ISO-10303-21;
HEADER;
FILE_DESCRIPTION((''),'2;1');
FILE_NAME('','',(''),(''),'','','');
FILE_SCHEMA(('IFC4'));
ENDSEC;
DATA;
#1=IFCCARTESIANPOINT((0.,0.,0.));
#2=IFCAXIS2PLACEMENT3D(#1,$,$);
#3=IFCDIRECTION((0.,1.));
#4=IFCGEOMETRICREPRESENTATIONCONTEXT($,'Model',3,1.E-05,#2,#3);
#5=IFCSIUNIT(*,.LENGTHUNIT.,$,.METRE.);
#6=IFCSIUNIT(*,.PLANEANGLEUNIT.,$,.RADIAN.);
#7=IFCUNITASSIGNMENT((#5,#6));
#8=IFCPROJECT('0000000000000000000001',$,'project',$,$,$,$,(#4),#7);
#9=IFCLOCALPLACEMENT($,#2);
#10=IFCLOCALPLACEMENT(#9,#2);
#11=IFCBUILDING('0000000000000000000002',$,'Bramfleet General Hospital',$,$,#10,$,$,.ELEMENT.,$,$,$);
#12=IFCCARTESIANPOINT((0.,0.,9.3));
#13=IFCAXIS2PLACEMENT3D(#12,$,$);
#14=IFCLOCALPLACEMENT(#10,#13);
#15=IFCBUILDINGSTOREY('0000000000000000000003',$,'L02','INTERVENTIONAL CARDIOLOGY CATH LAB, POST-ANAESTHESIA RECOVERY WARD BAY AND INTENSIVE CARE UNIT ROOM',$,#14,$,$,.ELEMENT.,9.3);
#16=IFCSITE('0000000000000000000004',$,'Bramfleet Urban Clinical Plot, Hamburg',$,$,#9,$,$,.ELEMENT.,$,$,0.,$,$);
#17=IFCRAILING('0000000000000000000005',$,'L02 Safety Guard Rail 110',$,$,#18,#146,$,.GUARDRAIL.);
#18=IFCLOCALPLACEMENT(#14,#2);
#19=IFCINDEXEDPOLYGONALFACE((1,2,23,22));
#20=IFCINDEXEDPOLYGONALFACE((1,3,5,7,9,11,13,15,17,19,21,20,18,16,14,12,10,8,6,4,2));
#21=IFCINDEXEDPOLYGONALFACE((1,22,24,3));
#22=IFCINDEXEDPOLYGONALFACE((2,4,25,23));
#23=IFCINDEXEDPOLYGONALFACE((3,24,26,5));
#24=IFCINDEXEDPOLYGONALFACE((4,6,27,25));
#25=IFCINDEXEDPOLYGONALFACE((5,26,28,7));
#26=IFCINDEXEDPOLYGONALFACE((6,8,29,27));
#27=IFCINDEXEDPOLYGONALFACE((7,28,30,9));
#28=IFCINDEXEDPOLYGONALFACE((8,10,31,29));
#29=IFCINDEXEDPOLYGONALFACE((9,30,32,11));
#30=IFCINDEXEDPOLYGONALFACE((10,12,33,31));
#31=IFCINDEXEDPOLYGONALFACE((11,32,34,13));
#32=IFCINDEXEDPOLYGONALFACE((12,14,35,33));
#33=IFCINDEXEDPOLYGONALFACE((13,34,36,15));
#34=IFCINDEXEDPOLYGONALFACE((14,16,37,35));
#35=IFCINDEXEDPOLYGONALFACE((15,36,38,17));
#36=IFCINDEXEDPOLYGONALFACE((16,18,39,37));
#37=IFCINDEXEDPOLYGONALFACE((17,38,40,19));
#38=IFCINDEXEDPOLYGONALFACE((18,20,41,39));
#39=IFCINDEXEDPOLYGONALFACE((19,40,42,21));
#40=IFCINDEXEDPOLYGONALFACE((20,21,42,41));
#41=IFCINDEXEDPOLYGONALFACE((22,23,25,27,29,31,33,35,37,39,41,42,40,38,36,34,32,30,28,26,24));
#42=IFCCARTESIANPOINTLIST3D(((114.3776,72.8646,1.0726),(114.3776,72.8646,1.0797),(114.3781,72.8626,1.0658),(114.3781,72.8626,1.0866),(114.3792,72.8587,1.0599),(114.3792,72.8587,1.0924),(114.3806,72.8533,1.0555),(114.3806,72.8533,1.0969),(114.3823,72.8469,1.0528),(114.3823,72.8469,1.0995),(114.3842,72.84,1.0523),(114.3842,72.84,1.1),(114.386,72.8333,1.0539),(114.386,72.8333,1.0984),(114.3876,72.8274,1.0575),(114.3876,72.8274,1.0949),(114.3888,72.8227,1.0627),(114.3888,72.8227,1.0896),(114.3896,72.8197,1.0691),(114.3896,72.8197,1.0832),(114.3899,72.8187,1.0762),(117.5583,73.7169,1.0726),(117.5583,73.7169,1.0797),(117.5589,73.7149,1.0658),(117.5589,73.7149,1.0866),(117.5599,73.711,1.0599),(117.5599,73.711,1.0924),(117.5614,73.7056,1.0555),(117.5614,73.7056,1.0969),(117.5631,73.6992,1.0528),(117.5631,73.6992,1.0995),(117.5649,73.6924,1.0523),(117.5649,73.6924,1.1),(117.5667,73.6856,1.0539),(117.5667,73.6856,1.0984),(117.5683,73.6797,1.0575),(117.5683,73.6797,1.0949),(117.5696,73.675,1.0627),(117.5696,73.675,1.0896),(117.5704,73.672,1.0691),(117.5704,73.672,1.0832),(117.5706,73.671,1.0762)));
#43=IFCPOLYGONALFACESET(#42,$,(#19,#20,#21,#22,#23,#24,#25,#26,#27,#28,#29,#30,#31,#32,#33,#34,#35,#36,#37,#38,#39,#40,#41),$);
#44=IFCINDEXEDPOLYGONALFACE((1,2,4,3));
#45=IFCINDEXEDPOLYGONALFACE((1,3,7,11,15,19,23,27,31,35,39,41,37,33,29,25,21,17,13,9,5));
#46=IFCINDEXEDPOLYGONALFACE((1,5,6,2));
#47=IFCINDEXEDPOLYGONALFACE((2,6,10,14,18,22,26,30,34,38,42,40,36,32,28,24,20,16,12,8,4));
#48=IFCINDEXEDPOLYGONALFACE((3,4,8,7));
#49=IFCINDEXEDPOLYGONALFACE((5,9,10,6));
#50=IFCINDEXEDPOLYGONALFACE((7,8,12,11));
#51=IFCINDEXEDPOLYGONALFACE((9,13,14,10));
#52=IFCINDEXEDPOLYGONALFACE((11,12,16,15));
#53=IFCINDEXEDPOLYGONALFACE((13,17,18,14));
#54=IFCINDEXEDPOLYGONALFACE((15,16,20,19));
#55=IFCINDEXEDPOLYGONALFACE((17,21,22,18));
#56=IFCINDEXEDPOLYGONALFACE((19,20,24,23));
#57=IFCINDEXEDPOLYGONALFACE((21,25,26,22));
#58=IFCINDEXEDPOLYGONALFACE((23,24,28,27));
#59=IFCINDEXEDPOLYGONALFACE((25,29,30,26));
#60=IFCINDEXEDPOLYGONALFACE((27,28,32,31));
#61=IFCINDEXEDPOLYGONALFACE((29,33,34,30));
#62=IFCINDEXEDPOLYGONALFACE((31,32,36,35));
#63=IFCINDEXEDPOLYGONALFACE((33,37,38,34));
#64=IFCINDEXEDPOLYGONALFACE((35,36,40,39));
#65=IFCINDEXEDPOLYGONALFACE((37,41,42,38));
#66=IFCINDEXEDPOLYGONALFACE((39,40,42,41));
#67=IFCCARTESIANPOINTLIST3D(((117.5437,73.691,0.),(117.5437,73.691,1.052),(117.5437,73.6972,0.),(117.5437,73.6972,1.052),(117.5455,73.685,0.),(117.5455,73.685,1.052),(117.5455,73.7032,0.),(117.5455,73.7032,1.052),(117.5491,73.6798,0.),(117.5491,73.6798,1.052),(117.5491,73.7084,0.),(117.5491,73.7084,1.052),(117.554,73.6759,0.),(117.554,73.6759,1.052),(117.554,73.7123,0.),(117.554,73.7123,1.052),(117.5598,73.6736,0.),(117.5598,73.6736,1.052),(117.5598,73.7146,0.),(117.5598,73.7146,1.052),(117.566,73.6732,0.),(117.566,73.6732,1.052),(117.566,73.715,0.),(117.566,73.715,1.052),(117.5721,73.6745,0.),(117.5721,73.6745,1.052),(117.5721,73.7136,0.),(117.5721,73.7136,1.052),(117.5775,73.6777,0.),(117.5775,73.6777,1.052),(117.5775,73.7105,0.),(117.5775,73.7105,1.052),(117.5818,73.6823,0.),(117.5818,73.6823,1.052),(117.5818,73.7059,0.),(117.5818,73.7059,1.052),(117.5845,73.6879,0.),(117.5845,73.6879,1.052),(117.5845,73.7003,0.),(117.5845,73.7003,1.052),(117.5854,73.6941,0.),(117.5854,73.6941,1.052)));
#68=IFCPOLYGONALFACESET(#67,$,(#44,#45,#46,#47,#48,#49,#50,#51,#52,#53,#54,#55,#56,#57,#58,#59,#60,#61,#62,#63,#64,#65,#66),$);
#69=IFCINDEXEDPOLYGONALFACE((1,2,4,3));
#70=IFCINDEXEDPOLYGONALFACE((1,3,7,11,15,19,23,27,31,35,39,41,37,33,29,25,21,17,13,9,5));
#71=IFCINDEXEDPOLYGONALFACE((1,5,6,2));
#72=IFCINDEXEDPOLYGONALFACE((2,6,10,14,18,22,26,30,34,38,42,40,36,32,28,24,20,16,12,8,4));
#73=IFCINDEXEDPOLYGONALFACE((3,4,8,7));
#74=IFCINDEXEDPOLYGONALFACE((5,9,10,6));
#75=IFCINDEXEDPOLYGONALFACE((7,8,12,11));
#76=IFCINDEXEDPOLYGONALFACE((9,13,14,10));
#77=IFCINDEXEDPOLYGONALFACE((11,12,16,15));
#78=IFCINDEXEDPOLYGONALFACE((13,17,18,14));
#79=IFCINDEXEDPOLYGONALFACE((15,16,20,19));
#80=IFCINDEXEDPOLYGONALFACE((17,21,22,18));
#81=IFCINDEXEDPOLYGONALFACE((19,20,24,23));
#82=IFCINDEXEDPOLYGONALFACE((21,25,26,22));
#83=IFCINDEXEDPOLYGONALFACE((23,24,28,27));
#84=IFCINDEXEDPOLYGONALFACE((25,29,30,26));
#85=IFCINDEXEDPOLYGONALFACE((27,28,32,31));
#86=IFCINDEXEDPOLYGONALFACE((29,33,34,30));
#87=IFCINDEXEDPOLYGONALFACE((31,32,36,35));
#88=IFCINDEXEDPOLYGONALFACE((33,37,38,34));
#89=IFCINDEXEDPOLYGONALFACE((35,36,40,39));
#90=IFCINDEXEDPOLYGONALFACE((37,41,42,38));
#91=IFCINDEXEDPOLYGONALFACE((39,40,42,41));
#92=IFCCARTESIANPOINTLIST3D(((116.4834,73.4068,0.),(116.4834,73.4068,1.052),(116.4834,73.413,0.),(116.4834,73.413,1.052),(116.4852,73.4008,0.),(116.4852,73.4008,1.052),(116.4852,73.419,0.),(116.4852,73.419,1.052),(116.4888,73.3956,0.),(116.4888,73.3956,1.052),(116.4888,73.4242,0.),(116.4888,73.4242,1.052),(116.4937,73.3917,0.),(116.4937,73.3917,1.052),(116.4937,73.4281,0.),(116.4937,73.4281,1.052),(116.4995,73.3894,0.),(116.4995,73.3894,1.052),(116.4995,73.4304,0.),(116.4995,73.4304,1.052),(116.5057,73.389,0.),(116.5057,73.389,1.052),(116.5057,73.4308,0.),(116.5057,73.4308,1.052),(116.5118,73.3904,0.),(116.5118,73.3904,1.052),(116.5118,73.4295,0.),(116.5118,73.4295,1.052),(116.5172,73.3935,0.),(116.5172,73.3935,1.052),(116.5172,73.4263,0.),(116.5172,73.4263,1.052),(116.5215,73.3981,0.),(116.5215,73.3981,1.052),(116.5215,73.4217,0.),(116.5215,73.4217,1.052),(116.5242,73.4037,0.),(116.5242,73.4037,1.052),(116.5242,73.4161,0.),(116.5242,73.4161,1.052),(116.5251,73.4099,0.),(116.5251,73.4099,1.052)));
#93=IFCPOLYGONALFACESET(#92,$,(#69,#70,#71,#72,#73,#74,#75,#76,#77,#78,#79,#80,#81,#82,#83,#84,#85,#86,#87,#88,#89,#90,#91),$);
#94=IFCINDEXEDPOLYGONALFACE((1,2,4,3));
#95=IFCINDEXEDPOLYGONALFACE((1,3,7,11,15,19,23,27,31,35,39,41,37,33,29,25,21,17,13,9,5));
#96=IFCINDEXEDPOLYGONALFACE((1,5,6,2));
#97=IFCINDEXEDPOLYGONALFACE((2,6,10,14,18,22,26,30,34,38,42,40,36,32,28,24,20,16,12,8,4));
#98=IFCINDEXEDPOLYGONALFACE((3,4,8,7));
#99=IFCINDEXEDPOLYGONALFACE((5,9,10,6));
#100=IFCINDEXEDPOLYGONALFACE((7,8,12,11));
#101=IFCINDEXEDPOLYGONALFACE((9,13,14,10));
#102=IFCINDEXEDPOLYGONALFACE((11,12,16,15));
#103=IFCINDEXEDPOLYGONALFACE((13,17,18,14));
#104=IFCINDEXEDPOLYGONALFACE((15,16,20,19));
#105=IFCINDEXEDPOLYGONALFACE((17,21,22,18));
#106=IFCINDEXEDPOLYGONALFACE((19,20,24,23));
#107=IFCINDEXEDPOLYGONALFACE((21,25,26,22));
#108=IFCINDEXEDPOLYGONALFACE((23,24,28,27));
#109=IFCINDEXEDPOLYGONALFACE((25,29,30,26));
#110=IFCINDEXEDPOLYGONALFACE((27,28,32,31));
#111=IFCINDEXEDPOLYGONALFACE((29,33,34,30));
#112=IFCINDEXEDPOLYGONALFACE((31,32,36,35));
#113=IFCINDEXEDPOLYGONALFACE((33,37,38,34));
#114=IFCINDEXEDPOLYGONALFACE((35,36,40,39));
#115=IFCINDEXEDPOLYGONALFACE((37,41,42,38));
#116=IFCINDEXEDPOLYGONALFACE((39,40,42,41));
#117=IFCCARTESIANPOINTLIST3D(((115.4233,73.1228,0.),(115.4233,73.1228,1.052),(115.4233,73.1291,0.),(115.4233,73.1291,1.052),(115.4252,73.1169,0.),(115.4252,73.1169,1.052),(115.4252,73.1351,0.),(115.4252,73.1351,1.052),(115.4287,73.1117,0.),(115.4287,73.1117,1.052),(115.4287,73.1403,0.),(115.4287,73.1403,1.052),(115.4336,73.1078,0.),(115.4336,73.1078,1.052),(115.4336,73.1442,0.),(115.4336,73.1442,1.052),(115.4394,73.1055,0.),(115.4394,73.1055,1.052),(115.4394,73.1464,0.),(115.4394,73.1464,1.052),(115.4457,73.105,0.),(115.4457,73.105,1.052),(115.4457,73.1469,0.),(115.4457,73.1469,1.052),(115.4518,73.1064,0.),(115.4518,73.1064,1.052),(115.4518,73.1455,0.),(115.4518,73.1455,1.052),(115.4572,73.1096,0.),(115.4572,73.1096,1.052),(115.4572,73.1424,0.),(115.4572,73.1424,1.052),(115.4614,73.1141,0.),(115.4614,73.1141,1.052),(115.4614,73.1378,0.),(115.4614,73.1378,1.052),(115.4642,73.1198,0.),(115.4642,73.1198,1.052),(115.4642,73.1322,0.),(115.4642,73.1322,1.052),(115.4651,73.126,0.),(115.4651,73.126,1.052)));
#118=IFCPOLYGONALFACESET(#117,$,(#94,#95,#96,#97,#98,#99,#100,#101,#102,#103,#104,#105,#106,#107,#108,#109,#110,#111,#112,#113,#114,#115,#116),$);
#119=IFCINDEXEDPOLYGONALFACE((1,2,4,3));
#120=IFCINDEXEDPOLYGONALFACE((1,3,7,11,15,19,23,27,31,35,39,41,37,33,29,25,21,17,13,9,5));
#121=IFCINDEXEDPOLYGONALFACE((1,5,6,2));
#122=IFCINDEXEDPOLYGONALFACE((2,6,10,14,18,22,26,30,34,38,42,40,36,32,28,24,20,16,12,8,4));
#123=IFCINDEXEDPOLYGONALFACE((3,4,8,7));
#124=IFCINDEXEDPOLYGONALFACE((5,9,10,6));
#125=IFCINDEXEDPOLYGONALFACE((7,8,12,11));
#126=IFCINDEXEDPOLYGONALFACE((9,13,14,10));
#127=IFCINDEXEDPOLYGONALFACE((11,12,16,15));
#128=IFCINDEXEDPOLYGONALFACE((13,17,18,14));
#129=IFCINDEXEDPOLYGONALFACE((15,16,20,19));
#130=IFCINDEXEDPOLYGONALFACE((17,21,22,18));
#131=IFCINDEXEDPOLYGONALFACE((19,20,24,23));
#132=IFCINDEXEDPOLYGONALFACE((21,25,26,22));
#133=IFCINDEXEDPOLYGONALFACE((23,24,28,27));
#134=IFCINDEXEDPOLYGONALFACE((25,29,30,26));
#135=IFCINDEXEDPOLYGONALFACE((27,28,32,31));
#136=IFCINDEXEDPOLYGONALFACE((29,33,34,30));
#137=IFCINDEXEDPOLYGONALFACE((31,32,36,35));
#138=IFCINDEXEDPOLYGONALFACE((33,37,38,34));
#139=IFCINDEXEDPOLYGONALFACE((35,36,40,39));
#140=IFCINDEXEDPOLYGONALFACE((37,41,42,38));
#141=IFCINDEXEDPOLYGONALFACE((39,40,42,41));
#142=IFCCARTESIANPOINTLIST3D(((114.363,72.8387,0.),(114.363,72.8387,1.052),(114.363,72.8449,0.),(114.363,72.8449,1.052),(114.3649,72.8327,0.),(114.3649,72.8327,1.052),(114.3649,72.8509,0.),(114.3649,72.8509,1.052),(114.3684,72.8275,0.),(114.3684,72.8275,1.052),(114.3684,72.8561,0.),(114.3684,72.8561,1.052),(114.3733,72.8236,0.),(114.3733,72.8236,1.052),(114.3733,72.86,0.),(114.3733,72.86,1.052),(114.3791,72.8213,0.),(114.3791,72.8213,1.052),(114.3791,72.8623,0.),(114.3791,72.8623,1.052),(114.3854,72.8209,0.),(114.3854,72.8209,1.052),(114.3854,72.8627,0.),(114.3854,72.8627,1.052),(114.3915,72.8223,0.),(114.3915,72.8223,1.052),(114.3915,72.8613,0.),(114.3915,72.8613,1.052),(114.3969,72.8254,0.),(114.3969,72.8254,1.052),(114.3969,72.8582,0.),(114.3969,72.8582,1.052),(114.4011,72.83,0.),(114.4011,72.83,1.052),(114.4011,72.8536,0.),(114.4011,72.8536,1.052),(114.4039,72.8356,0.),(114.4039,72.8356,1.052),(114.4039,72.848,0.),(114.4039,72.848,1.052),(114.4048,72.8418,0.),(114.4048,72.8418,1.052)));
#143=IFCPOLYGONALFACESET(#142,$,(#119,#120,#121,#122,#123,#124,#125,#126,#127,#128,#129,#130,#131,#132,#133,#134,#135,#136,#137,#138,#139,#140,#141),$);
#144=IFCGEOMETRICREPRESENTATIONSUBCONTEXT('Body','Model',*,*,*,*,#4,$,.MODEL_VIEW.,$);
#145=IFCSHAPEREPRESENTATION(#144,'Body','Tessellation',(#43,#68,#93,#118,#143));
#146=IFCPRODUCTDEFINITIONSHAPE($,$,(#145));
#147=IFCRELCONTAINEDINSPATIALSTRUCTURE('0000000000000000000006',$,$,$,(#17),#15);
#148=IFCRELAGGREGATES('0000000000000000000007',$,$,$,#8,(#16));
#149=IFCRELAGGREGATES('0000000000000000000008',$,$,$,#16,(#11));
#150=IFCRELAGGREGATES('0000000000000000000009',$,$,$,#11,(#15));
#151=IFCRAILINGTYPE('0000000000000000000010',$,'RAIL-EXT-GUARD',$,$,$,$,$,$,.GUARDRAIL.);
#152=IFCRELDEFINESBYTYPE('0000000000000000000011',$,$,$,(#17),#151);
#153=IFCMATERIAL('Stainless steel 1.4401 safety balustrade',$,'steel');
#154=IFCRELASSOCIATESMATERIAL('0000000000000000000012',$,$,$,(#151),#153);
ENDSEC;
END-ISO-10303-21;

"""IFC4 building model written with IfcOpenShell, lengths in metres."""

from ifc_helpers import new_model, si_unit, direction, frame, origin, origin_2d, place, context, subcontext, project, spatial, circle, extrude, material, type_object, element, save


model = new_model("IFC4")

# Units and contexts
model_context = context("Model", 3, precision=1e-05, world=origin(), true_north=direction((0.0, 1.0)))
body_context = subcontext(model_context, "Body", "Model", "MODEL_VIEW")
ifc_project = project(units=[si_unit("LENGTHUNIT", "METRE"), si_unit("PLANEANGLEUNIT", "RADIAN")], contexts=[model_context])

# Site, building, storey
site_placement = place(None, origin())
site = spatial("IfcSite", under=ifc_project, at=site_placement, Name="Bramfleet Urban Clinical Plot, Hamburg", CompositionType="ELEMENT", RefElevation=0.0)
building_placement = place(site_placement, origin())
building = spatial("IfcBuilding", under=site, at=building_placement, Name="Bramfleet General Hospital", CompositionType="ELEMENT")
storey_placement = place(building_placement, frame((0.0, 0.0, 9.3)))
storey = spatial("IfcBuildingStorey", under=building, at=storey_placement, Name="L02", Description="INTERVENTIONAL CARDIOLOGY CATH LAB, POST-ANAESTHESIA RECOVERY WARD BAY AND INTENSIVE CARE UNIT ROOM", CompositionType="ELEMENT", Elevation=9.3)

# Railing
ifc_material_1 = material(Name="Stainless steel 1.4401 safety balustrade", Category="steel")
railing_type = type_object("IfcRailingType", Name="RAIL-EXT-GUARD", PredefinedType="GUARDRAIL", material=ifc_material_1)
railing_placement = place(storey_placement, frame((117.5645, 73.6941, 0.0)))
element("IfcRailing", 1, at=railing_placement, inside=storey, type_object=railing_type, Name="L02 Safety Guard Rail 110", PredefinedType="GUARDRAIL", context=body_context, shape_type="SweptSolid", body=[
    extrude(circle(Radius=0.0239, at=origin_2d()), frame((0.0, 0.0, 1.0762), z_axis=(-0.965923, -0.25883, 0.0), x_axis=(0.25883, -0.965923, 0.0)), (0.0, 0.0, 1.0), 3.293),
    extrude(circle(Radius=0.021, at=origin_2d()), origin(), (0.0, 0.0, 1.0), 1.052),
    extrude(circle(Radius=0.021, at=origin_2d()), frame((-1.0603, -0.2842, 0.0)), (0.0, 0.0, 1.0), 1.052),
    extrude(circle(Radius=0.021, at=origin_2d()), frame((-2.1204, -0.5681, 0.0)), (0.0, 0.0, 1.0), 1.052),
    extrude(circle(Radius=0.021, at=origin_2d()), frame((-3.1807, -0.8523, 0.0)), (0.0, 0.0, 1.0), 1.052),
])

save(model, "model.ifc")
